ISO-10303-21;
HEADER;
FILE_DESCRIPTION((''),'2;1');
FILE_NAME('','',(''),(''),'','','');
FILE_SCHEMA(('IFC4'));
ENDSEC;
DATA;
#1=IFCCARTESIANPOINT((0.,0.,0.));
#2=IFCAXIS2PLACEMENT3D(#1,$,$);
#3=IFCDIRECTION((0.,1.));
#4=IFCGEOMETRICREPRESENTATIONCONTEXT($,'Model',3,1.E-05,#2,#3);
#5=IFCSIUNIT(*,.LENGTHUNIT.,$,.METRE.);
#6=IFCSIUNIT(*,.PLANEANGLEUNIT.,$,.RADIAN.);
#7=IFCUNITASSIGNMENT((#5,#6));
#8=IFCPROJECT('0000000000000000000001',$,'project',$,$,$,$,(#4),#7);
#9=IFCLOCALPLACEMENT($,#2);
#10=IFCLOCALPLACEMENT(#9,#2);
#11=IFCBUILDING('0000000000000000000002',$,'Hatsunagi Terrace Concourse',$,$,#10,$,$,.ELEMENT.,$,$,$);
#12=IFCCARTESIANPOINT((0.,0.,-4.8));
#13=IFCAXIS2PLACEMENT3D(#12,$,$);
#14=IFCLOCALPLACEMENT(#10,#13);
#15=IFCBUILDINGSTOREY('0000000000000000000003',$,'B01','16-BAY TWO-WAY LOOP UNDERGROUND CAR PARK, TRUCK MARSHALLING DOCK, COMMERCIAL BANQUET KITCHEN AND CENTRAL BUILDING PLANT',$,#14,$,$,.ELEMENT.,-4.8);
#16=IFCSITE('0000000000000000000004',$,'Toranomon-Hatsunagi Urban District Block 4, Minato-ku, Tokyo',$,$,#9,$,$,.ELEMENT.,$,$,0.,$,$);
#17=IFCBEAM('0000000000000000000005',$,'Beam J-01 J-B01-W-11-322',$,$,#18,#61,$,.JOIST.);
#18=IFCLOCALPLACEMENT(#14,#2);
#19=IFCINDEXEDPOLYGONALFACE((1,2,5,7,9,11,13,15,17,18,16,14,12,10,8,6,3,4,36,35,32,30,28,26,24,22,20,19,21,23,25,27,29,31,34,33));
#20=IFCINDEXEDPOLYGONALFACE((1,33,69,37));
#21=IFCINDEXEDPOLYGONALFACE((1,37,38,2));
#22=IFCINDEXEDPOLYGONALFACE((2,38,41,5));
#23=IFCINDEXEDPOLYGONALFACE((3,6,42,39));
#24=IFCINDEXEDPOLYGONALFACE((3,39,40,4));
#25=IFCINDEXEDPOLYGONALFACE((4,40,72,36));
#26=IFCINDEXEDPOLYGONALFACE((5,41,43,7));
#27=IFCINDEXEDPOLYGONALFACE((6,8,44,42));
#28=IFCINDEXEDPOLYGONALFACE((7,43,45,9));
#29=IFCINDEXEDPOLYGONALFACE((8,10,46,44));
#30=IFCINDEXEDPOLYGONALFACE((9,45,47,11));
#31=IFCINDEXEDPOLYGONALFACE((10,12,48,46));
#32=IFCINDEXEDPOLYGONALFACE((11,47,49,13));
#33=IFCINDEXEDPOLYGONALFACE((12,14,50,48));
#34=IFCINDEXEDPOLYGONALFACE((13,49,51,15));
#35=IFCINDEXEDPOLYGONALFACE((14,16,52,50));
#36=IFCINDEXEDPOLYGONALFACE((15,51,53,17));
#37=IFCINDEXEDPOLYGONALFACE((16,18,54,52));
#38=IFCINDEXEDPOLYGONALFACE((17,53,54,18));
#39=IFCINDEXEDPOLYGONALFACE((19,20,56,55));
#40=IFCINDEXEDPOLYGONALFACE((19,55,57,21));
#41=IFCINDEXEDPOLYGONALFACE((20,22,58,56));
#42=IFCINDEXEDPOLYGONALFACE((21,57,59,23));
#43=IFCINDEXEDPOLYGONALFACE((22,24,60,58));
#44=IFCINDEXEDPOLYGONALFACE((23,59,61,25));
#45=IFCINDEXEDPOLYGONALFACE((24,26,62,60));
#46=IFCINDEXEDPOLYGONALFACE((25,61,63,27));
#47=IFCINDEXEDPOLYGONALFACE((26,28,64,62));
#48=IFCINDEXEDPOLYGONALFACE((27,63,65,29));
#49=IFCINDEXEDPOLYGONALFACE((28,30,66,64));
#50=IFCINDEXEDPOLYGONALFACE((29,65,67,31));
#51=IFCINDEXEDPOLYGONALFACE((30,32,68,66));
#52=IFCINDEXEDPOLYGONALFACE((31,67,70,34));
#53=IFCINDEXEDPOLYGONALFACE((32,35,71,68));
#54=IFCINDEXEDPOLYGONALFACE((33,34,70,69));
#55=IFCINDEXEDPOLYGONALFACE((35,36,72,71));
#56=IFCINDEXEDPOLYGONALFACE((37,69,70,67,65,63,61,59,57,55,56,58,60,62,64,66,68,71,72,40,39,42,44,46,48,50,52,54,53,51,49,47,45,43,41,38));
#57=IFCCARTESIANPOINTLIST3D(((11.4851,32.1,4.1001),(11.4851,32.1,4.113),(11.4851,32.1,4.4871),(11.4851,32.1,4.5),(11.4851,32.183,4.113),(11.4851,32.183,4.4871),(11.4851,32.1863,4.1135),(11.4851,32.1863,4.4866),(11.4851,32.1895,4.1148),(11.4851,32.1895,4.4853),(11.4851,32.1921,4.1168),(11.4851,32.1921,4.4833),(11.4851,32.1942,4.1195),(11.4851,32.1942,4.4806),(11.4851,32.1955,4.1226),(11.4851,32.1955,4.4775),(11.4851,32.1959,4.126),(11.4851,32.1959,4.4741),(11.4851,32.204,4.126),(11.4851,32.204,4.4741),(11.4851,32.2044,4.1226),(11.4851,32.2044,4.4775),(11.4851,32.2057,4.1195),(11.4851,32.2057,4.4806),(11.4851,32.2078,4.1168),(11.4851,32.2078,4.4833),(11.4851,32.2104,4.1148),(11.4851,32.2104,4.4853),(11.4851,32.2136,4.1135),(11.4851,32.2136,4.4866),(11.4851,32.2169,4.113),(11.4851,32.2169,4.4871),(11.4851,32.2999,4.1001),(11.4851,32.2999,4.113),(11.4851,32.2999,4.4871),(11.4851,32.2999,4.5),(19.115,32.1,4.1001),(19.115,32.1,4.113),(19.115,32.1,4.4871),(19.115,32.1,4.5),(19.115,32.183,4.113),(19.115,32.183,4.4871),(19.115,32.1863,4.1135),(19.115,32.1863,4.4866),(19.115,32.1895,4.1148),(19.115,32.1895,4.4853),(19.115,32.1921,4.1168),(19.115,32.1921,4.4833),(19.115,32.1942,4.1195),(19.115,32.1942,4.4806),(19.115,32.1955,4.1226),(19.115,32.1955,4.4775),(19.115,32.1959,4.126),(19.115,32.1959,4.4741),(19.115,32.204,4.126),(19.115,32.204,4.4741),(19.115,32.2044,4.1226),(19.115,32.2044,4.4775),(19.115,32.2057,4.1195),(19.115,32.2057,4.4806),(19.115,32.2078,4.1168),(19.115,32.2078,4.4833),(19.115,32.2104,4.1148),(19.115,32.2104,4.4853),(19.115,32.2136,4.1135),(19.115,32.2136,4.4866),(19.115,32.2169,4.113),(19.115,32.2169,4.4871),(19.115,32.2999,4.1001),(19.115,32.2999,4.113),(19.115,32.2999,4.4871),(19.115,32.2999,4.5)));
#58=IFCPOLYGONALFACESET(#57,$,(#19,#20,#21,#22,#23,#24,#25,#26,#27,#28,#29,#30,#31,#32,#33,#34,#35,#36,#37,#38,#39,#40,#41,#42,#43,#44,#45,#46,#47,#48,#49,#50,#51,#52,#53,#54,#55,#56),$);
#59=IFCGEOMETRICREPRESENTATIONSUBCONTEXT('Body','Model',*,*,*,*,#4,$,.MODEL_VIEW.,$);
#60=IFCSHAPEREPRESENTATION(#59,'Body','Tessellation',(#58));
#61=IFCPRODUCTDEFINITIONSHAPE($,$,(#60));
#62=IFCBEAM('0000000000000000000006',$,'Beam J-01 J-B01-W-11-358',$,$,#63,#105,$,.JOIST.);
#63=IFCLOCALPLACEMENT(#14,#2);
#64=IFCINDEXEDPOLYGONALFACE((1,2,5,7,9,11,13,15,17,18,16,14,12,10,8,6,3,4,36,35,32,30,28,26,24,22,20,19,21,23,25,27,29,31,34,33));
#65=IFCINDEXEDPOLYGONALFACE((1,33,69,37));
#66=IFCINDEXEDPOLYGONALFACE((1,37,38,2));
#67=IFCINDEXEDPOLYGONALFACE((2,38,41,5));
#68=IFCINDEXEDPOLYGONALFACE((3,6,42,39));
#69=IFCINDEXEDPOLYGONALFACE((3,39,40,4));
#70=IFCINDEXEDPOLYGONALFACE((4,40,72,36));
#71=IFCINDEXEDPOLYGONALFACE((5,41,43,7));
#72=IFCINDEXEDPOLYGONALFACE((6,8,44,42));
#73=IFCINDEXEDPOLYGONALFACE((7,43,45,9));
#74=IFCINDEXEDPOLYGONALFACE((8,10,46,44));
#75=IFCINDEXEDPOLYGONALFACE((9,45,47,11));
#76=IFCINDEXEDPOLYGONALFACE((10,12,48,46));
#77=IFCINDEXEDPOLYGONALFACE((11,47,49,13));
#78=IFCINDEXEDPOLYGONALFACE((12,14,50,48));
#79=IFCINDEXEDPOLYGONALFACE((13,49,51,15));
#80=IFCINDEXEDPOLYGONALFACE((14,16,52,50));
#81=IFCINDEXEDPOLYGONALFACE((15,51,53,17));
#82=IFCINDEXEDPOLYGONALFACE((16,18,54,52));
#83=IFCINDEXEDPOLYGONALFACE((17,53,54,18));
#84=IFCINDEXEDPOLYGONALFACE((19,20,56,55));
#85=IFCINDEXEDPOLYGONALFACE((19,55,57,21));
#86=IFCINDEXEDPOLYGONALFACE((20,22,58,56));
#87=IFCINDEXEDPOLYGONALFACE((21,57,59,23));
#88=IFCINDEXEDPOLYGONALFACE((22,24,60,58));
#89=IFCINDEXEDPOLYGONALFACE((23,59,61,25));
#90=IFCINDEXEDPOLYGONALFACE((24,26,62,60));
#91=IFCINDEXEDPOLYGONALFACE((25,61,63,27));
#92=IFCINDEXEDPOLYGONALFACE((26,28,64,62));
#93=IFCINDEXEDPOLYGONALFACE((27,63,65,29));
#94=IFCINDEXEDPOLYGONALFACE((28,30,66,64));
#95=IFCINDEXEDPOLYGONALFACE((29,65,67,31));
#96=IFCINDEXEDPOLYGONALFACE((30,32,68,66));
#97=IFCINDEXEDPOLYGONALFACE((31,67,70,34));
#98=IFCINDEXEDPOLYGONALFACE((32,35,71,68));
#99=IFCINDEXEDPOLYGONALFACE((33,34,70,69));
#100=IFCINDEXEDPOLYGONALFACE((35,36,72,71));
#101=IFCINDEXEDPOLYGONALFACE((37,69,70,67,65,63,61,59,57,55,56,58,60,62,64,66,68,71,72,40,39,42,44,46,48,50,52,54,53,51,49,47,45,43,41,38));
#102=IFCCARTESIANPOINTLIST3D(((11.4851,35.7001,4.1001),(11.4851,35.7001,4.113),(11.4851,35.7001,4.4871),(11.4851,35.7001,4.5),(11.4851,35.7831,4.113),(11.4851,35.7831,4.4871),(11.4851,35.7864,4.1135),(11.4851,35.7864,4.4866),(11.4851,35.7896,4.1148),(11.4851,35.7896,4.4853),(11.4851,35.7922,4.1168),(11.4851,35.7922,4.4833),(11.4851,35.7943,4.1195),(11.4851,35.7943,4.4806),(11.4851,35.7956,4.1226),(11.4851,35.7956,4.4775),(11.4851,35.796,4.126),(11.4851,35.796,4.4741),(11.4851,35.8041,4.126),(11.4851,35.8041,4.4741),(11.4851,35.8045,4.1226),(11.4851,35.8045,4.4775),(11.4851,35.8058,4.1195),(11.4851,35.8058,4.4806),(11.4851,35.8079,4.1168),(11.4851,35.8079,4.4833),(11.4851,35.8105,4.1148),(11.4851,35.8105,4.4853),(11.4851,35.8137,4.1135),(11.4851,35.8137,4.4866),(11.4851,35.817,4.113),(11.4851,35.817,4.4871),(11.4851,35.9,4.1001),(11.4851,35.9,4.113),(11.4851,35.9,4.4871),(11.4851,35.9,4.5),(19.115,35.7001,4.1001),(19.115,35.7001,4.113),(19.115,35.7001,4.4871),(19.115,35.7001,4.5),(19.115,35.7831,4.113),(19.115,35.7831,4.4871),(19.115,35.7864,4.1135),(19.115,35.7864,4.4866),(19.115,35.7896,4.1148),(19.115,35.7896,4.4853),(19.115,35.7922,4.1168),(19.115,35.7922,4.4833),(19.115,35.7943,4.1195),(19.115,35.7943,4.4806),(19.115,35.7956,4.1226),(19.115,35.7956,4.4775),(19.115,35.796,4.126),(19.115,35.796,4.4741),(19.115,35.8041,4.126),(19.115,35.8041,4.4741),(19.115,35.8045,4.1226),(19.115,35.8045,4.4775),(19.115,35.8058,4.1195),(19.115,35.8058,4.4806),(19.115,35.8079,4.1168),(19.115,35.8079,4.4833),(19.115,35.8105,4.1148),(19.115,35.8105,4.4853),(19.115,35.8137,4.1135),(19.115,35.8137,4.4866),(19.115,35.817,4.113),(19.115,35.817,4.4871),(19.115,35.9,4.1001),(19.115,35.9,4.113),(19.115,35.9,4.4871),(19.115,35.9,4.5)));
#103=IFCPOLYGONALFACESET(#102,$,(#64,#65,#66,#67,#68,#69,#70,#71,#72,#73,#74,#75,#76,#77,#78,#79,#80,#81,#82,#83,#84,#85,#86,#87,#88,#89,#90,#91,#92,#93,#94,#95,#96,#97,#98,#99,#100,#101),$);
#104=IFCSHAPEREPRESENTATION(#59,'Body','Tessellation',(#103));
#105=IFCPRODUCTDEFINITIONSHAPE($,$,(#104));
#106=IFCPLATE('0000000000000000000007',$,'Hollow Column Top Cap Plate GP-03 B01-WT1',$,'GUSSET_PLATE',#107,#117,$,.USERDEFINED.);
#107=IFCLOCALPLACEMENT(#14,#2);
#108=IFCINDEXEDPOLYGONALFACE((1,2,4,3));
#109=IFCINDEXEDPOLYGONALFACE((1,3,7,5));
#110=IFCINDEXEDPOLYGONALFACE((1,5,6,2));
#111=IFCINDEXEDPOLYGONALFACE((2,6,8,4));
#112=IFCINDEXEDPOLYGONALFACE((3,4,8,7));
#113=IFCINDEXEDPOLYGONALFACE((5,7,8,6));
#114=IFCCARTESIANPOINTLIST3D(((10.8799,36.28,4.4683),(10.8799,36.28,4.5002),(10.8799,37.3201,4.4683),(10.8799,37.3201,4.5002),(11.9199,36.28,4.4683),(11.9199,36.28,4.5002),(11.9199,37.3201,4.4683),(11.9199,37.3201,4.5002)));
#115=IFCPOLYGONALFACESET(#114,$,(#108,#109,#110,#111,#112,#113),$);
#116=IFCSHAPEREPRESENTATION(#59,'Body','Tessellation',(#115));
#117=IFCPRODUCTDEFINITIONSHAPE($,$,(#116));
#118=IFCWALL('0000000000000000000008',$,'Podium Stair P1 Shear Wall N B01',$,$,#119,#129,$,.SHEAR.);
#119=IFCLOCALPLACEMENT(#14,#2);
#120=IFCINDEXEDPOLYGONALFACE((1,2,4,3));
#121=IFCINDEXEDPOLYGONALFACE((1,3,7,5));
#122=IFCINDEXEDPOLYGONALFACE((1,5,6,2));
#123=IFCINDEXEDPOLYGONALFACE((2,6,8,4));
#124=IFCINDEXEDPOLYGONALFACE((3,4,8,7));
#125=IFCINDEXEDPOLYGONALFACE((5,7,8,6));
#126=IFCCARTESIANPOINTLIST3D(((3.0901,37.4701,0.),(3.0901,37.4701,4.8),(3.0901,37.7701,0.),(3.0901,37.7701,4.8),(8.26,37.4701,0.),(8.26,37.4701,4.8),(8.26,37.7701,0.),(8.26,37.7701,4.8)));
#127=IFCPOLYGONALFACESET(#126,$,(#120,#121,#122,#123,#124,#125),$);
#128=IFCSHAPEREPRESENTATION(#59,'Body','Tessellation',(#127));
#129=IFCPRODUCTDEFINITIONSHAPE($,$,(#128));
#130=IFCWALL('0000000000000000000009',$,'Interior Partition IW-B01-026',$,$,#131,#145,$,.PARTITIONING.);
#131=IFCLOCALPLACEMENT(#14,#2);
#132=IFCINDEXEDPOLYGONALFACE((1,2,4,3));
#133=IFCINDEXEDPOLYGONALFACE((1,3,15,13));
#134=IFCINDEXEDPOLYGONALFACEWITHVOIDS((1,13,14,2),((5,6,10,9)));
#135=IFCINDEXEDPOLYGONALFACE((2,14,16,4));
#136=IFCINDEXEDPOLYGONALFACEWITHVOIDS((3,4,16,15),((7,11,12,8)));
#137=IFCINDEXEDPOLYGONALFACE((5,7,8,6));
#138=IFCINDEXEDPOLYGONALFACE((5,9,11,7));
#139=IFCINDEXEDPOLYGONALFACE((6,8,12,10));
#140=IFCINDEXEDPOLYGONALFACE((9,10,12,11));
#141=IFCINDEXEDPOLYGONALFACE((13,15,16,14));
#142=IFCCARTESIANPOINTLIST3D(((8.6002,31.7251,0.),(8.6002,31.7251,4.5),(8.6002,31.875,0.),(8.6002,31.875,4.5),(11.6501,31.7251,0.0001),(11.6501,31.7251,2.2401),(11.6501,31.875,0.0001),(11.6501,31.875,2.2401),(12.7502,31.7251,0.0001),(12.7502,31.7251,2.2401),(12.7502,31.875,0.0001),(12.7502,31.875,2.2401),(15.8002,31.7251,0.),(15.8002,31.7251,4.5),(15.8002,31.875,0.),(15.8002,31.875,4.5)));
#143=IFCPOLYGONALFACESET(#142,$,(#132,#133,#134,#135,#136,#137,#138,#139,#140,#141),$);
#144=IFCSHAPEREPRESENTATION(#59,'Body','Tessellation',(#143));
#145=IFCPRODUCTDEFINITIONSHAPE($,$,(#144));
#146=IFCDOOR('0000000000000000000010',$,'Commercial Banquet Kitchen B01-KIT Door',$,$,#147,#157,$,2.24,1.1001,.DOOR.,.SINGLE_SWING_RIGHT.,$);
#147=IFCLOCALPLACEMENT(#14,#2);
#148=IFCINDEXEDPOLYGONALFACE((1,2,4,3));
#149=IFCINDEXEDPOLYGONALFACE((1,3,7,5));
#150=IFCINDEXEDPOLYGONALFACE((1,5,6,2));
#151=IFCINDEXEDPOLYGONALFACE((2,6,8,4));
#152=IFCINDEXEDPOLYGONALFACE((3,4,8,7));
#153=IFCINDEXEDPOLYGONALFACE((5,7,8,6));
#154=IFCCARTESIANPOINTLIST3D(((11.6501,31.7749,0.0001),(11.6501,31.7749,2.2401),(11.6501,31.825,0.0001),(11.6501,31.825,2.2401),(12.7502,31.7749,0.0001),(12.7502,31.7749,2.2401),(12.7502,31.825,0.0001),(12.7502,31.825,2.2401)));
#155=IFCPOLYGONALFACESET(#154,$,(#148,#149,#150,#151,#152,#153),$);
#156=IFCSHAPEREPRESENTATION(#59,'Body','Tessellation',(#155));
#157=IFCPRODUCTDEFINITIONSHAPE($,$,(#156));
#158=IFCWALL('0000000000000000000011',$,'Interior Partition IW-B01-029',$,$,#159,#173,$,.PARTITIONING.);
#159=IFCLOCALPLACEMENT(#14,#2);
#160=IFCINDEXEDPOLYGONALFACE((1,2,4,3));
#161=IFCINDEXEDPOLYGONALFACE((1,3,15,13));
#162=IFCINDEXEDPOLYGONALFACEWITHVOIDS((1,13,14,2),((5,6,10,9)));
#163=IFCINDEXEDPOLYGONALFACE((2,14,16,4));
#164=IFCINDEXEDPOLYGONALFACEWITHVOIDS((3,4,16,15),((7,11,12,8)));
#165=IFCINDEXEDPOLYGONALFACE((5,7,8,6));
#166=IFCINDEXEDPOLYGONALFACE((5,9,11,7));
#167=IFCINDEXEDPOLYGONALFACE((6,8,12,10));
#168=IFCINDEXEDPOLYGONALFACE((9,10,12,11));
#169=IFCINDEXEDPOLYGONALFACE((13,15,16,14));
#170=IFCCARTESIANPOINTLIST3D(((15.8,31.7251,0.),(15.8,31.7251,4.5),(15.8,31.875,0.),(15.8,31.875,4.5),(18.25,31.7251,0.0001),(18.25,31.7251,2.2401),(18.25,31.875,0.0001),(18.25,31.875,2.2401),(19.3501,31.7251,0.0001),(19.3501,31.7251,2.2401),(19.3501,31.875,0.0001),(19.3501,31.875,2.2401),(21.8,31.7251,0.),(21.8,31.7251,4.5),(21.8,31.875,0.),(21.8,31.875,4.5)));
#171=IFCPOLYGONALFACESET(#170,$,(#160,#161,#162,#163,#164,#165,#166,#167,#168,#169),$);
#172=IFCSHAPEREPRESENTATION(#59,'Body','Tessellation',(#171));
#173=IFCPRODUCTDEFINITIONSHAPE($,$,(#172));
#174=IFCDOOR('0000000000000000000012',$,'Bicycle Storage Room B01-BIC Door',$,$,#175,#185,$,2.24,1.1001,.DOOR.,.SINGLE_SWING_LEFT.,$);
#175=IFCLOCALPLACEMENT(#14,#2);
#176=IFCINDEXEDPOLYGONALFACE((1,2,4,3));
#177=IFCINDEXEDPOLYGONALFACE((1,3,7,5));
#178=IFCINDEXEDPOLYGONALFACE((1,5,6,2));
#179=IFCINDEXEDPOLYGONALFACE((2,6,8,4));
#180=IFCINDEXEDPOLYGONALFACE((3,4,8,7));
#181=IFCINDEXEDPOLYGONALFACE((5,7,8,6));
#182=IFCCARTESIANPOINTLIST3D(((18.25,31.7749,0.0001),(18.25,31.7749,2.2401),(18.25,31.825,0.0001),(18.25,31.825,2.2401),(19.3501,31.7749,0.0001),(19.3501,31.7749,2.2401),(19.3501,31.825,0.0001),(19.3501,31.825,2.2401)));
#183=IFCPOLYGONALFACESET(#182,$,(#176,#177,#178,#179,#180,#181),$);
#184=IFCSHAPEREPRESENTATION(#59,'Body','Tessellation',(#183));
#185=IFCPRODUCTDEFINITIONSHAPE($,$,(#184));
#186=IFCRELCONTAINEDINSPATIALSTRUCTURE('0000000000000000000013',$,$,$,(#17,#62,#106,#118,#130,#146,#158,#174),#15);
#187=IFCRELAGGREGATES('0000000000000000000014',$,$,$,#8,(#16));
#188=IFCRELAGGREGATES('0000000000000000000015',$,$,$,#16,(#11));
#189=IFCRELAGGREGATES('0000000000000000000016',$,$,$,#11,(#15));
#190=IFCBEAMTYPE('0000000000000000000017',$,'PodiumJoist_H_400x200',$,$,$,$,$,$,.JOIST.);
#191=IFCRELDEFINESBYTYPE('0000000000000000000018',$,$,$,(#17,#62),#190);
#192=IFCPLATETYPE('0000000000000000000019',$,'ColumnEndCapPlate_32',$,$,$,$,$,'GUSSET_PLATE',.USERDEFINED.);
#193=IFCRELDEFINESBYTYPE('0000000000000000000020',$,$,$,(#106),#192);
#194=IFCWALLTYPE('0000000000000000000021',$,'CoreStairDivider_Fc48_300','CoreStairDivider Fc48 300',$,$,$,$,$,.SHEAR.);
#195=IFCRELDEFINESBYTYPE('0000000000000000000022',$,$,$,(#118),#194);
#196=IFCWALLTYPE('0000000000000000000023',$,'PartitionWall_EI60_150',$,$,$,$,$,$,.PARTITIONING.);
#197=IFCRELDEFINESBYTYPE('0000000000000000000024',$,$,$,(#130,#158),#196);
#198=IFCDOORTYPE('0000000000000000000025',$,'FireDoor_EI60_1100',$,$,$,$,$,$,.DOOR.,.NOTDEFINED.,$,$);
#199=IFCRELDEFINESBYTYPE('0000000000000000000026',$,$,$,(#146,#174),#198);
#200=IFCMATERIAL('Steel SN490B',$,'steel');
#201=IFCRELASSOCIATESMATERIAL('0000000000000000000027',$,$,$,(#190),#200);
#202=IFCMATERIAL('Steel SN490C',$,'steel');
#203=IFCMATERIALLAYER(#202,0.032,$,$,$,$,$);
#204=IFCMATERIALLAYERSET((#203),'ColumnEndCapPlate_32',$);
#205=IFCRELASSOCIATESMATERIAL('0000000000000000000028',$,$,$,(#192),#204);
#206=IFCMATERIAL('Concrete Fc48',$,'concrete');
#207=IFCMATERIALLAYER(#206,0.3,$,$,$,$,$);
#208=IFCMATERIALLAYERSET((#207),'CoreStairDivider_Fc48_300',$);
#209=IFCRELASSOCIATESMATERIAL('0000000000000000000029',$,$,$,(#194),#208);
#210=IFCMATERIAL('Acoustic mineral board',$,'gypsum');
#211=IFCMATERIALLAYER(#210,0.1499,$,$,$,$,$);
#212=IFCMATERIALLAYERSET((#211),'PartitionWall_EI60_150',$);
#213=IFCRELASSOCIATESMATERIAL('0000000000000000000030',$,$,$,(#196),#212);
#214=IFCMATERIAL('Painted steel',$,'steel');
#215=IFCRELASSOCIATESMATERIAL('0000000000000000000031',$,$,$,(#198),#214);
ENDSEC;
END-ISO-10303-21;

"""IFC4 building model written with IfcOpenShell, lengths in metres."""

from ifc_helpers import new_model, si_unit, direction, frame, frame_2d, origin, origin_2d, place, context, subcontext, project, spatial, rectangle, i_section, extrude, material, layer, layer_set, material_profile, profile_set, type_object, element, fill, save


model = new_model("IFC4")

# Units and contexts
model_context = context("Model", 3, precision=1e-05, world=origin(), true_north=direction((0.0, 1.0)))
body_context = subcontext(model_context, "Body", "Model", "MODEL_VIEW")
ifc_project = project(units=[si_unit("LENGTHUNIT", "METRE"), si_unit("PLANEANGLEUNIT", "RADIAN")], contexts=[model_context])

# Site, building, storey
site_placement = place(None, origin())
site = spatial("IfcSite", under=ifc_project, at=site_placement, Name="Toranomon-Hatsunagi Urban District Block 4, Minato-ku, Tokyo", CompositionType="ELEMENT", RefElevation=0.0)
building_placement = place(site_placement, origin())
building = spatial("IfcBuilding", under=site, at=building_placement, Name="Hatsunagi Terrace Concourse", CompositionType="ELEMENT")
storey_placement = place(building_placement, frame((0.0, 0.0, -4.8)))
storey = spatial("IfcBuildingStorey", under=building, at=storey_placement, Name="B01", Description="16-BAY TWO-WAY LOOP UNDERGROUND CAR PARK, TRUCK MARSHALLING DOCK, COMMERCIAL BANQUET KITCHEN AND CENTRAL BUILDING PLANT", CompositionType="ELEMENT", Elevation=-4.8)

# Beams
ifc_material_1 = material(Name="Steel SN490B", Category="steel")
ifc_material_profile_1 = material_profile(ifc_material_1, i_section(OverallWidth=0.2, OverallDepth=0.3999, WebThickness=0.0081, FlangeThickness=0.0129, FilletRadius=0.0129, at=origin_2d()), Name="H-400x200x8x13")
ifc_profile_set_1 = profile_set([ifc_material_profile_1], Name="Steel SN490B")
beam_type_1 = type_object("IfcBeamType", Name="PodiumJoist_H_400x200", PredefinedType="JOIST", material=ifc_profile_set_1)
for number, where, z_axis, x_axis, name in (
    (1, (11.4851, 32.2, 4.3), (1.0, 0.0, 0.0), (0.0, 1.0, 0.0), "Beam J-01 J-B01-W-11-322"),
    (2, (11.4851, 35.8, 4.3), (1.0, 0.0, 0.0), (0.0, 1.0, 0.0), "Beam J-01 J-B01-W-11-358"),
):
    element("IfcBeam", number, at=place(storey_placement, frame(where, z_axis=z_axis, x_axis=x_axis)), inside=storey, type_object=beam_type_1, Name=name, PredefinedType="JOIST", context=body_context, shape_type="SweptSolid", body=[
        extrude(i_section(OverallWidth=0.2, OverallDepth=0.3999, WebThickness=0.0081, FlangeThickness=0.0129, FilletRadius=0.0129, at=origin_2d()), origin(), (0.0, 0.0, 1.0), 7.6299),
    ])

# Plate
ifc_material_2 = material(Name="Steel SN490C", Category="steel")
ifc_layer_1 = layer(ifc_material_2, 0.032)
ifc_layer_set_1 = layer_set([ifc_layer_1], Name="ColumnEndCapPlate_32")
plate_type = type_object("IfcPlateType", Name="ColumnEndCapPlate_32", ElementType="GUSSET_PLATE", PredefinedType="USERDEFINED", material=ifc_layer_set_1)
plate_placement = place(storey_placement, frame((11.3999, 36.8, 4.4683), z_axis=(0.0, 0.0, 1.0), x_axis=(1.0, 0.0, 0.0)))
element("IfcPlate", 3, at=plate_placement, inside=storey, type_object=plate_type, Name="Hollow Column Top Cap Plate GP-03 B01-WT1", ObjectType="GUSSET_PLATE", PredefinedType="USERDEFINED", context=body_context, shape_type="SweptSolid", body=[
    extrude(rectangle(XDim=1.04, YDim=1.04, at=origin_2d()), origin(), (0.0, 0.0, 1.0), 0.032),
])

# Wall
ifc_material_3 = material(Name="Concrete Fc48", Category="concrete")
ifc_layer_2 = layer(ifc_material_3, 0.3)
ifc_layer_set_2 = layer_set([ifc_layer_2], Name="CoreStairDivider_Fc48_300")
wall_type_1 = type_object("IfcWallType", Name="CoreStairDivider_Fc48_300", Description="CoreStairDivider Fc48 300", PredefinedType="SHEAR", material=ifc_layer_set_2)
wall_1_placement = place(storey_placement, frame((3.0901, 37.6201, 0.0), z_axis=(0.0, 0.0, 1.0), x_axis=(1.0, 0.0, 0.0)))
element("IfcWall", 4, at=wall_1_placement, inside=storey, type_object=wall_type_1, Name="Podium Stair P1 Shear Wall N B01", PredefinedType="SHEAR", context=body_context, shape_type="SweptSolid", body=[
    extrude(rectangle(XDim=5.1699, YDim=0.3, at=frame_2d((2.585, 0.0))), origin(), (0.0, 0.0, 1.0), 4.8),
])

# Walls, openings, doors
ifc_material_4 = material(Name="Acoustic mineral board", Category="gypsum")
ifc_layer_3 = layer(ifc_material_4, 0.1499)
ifc_layer_set_3 = layer_set([ifc_layer_3], Name="PartitionWall_EI60_150")
wall_type_2 = type_object("IfcWallType", Name="PartitionWall_EI60_150", PredefinedType="PARTITIONING", material=ifc_layer_set_3)
wall_2_placement = place(storey_placement, frame((8.6001, 31.8, 0.0), z_axis=(0.0, 0.0, 1.0), x_axis=(1.0, 0.0, 0.0)))
wall_2 = element("IfcWall", 5, at=wall_2_placement, inside=storey, type_object=wall_type_2, Name="Interior Partition IW-B01-026", PredefinedType="PARTITIONING", context=body_context, shape_type="SweptSolid", body=[
    extrude(rectangle(XDim=7.2, YDim=0.1499, at=frame_2d((3.6001, 0.0))), origin(), (0.0, 0.0, 1.0), 4.5),
])
opening_1_placement = place(wall_2_placement, frame((3.05, 0.0, 0.0)))
opening_1 = element("IfcOpeningElement", 6, at=opening_1_placement, cuts=wall_2, PredefinedType="OPENING", context=body_context, shape_type="SweptSolid", body=[
    extrude(rectangle(XDim=1.1001, YDim=2.24, at=frame_2d((0.55, 1.1201))), frame((0.0, 0.085, 0.0), z_axis=(0.0, -1.0, 0.0), x_axis=(1.0, 0.0, 0.0)), (0.0, 0.0, 1.0), 0.1699),
])
ifc_material_5 = material(Name="Painted steel", Category="steel")
door_type_1 = type_object("IfcDoorType", Name="FireDoor_EI60_1100", OperationType="NOTDEFINED", PredefinedType="DOOR", material=ifc_material_5)
door_1_placement = place(opening_1_placement, origin())
door_1 = element("IfcDoor", 7, at=door_1_placement, inside=storey, type_object=door_type_1, Name="Commercial Banquet Kitchen B01-KIT Door", OperationType="SINGLE_SWING_RIGHT", OverallHeight=2.24, OverallWidth=1.1001, PredefinedType="DOOR", context=body_context, shape_type="SweptSolid", body=[
    extrude(rectangle(XDim=1.1001, YDim=2.24, at=frame_2d((0.55, 1.1201))), frame((0.0, 0.0249, 0.0), z_axis=(0.0, -1.0, 0.0), x_axis=(1.0, 0.0, 0.0)), (0.0, 0.0, 1.0), 0.05),
])
fill(opening_1, door_1)
wall_3_placement = place(storey_placement, frame((15.8, 31.8, 0.0), z_axis=(0.0, 0.0, 1.0), x_axis=(1.0, 0.0, 0.0)))
wall_3 = element("IfcWall", 8, at=wall_3_placement, inside=storey, type_object=wall_type_2, Name="Interior Partition IW-B01-029", PredefinedType="PARTITIONING", context=body_context, shape_type="SweptSolid", body=[
    extrude(rectangle(XDim=6.0, YDim=0.1499, at=frame_2d((3.0, 0.0))), origin(), (0.0, 0.0, 1.0), 4.5),
])
opening_2_placement = place(wall_3_placement, frame((2.45, 0.0, 0.0)))
opening_2 = element("IfcOpeningElement", 9, at=opening_2_placement, cuts=wall_3, PredefinedType="OPENING", context=body_context, shape_type="SweptSolid", body=[
    extrude(rectangle(XDim=1.1001, YDim=2.24, at=frame_2d((0.55, 1.1201))), frame((0.0, 0.085, 0.0), z_axis=(0.0, -1.0, 0.0), x_axis=(1.0, 0.0, 0.0)), (0.0, 0.0, 1.0), 0.1699),
])
door_2_placement = place(opening_2_placement, origin())
door_2 = element("IfcDoor", 10, at=door_2_placement, inside=storey, type_object=door_type_1, Name="Bicycle Storage Room B01-BIC Door", OperationType="SINGLE_SWING_LEFT", OverallHeight=2.24, OverallWidth=1.1001, PredefinedType="DOOR", context=body_context, shape_type="SweptSolid", body=[
    extrude(rectangle(XDim=1.1001, YDim=2.24, at=frame_2d((0.55, 1.1201))), frame((0.0, 0.0249, 0.0), z_axis=(0.0, -1.0, 0.0), x_axis=(1.0, 0.0, 0.0)), (0.0, 0.0, 1.0), 0.05),
])
fill(opening_2, door_2)

save(model, "model.ifc")
